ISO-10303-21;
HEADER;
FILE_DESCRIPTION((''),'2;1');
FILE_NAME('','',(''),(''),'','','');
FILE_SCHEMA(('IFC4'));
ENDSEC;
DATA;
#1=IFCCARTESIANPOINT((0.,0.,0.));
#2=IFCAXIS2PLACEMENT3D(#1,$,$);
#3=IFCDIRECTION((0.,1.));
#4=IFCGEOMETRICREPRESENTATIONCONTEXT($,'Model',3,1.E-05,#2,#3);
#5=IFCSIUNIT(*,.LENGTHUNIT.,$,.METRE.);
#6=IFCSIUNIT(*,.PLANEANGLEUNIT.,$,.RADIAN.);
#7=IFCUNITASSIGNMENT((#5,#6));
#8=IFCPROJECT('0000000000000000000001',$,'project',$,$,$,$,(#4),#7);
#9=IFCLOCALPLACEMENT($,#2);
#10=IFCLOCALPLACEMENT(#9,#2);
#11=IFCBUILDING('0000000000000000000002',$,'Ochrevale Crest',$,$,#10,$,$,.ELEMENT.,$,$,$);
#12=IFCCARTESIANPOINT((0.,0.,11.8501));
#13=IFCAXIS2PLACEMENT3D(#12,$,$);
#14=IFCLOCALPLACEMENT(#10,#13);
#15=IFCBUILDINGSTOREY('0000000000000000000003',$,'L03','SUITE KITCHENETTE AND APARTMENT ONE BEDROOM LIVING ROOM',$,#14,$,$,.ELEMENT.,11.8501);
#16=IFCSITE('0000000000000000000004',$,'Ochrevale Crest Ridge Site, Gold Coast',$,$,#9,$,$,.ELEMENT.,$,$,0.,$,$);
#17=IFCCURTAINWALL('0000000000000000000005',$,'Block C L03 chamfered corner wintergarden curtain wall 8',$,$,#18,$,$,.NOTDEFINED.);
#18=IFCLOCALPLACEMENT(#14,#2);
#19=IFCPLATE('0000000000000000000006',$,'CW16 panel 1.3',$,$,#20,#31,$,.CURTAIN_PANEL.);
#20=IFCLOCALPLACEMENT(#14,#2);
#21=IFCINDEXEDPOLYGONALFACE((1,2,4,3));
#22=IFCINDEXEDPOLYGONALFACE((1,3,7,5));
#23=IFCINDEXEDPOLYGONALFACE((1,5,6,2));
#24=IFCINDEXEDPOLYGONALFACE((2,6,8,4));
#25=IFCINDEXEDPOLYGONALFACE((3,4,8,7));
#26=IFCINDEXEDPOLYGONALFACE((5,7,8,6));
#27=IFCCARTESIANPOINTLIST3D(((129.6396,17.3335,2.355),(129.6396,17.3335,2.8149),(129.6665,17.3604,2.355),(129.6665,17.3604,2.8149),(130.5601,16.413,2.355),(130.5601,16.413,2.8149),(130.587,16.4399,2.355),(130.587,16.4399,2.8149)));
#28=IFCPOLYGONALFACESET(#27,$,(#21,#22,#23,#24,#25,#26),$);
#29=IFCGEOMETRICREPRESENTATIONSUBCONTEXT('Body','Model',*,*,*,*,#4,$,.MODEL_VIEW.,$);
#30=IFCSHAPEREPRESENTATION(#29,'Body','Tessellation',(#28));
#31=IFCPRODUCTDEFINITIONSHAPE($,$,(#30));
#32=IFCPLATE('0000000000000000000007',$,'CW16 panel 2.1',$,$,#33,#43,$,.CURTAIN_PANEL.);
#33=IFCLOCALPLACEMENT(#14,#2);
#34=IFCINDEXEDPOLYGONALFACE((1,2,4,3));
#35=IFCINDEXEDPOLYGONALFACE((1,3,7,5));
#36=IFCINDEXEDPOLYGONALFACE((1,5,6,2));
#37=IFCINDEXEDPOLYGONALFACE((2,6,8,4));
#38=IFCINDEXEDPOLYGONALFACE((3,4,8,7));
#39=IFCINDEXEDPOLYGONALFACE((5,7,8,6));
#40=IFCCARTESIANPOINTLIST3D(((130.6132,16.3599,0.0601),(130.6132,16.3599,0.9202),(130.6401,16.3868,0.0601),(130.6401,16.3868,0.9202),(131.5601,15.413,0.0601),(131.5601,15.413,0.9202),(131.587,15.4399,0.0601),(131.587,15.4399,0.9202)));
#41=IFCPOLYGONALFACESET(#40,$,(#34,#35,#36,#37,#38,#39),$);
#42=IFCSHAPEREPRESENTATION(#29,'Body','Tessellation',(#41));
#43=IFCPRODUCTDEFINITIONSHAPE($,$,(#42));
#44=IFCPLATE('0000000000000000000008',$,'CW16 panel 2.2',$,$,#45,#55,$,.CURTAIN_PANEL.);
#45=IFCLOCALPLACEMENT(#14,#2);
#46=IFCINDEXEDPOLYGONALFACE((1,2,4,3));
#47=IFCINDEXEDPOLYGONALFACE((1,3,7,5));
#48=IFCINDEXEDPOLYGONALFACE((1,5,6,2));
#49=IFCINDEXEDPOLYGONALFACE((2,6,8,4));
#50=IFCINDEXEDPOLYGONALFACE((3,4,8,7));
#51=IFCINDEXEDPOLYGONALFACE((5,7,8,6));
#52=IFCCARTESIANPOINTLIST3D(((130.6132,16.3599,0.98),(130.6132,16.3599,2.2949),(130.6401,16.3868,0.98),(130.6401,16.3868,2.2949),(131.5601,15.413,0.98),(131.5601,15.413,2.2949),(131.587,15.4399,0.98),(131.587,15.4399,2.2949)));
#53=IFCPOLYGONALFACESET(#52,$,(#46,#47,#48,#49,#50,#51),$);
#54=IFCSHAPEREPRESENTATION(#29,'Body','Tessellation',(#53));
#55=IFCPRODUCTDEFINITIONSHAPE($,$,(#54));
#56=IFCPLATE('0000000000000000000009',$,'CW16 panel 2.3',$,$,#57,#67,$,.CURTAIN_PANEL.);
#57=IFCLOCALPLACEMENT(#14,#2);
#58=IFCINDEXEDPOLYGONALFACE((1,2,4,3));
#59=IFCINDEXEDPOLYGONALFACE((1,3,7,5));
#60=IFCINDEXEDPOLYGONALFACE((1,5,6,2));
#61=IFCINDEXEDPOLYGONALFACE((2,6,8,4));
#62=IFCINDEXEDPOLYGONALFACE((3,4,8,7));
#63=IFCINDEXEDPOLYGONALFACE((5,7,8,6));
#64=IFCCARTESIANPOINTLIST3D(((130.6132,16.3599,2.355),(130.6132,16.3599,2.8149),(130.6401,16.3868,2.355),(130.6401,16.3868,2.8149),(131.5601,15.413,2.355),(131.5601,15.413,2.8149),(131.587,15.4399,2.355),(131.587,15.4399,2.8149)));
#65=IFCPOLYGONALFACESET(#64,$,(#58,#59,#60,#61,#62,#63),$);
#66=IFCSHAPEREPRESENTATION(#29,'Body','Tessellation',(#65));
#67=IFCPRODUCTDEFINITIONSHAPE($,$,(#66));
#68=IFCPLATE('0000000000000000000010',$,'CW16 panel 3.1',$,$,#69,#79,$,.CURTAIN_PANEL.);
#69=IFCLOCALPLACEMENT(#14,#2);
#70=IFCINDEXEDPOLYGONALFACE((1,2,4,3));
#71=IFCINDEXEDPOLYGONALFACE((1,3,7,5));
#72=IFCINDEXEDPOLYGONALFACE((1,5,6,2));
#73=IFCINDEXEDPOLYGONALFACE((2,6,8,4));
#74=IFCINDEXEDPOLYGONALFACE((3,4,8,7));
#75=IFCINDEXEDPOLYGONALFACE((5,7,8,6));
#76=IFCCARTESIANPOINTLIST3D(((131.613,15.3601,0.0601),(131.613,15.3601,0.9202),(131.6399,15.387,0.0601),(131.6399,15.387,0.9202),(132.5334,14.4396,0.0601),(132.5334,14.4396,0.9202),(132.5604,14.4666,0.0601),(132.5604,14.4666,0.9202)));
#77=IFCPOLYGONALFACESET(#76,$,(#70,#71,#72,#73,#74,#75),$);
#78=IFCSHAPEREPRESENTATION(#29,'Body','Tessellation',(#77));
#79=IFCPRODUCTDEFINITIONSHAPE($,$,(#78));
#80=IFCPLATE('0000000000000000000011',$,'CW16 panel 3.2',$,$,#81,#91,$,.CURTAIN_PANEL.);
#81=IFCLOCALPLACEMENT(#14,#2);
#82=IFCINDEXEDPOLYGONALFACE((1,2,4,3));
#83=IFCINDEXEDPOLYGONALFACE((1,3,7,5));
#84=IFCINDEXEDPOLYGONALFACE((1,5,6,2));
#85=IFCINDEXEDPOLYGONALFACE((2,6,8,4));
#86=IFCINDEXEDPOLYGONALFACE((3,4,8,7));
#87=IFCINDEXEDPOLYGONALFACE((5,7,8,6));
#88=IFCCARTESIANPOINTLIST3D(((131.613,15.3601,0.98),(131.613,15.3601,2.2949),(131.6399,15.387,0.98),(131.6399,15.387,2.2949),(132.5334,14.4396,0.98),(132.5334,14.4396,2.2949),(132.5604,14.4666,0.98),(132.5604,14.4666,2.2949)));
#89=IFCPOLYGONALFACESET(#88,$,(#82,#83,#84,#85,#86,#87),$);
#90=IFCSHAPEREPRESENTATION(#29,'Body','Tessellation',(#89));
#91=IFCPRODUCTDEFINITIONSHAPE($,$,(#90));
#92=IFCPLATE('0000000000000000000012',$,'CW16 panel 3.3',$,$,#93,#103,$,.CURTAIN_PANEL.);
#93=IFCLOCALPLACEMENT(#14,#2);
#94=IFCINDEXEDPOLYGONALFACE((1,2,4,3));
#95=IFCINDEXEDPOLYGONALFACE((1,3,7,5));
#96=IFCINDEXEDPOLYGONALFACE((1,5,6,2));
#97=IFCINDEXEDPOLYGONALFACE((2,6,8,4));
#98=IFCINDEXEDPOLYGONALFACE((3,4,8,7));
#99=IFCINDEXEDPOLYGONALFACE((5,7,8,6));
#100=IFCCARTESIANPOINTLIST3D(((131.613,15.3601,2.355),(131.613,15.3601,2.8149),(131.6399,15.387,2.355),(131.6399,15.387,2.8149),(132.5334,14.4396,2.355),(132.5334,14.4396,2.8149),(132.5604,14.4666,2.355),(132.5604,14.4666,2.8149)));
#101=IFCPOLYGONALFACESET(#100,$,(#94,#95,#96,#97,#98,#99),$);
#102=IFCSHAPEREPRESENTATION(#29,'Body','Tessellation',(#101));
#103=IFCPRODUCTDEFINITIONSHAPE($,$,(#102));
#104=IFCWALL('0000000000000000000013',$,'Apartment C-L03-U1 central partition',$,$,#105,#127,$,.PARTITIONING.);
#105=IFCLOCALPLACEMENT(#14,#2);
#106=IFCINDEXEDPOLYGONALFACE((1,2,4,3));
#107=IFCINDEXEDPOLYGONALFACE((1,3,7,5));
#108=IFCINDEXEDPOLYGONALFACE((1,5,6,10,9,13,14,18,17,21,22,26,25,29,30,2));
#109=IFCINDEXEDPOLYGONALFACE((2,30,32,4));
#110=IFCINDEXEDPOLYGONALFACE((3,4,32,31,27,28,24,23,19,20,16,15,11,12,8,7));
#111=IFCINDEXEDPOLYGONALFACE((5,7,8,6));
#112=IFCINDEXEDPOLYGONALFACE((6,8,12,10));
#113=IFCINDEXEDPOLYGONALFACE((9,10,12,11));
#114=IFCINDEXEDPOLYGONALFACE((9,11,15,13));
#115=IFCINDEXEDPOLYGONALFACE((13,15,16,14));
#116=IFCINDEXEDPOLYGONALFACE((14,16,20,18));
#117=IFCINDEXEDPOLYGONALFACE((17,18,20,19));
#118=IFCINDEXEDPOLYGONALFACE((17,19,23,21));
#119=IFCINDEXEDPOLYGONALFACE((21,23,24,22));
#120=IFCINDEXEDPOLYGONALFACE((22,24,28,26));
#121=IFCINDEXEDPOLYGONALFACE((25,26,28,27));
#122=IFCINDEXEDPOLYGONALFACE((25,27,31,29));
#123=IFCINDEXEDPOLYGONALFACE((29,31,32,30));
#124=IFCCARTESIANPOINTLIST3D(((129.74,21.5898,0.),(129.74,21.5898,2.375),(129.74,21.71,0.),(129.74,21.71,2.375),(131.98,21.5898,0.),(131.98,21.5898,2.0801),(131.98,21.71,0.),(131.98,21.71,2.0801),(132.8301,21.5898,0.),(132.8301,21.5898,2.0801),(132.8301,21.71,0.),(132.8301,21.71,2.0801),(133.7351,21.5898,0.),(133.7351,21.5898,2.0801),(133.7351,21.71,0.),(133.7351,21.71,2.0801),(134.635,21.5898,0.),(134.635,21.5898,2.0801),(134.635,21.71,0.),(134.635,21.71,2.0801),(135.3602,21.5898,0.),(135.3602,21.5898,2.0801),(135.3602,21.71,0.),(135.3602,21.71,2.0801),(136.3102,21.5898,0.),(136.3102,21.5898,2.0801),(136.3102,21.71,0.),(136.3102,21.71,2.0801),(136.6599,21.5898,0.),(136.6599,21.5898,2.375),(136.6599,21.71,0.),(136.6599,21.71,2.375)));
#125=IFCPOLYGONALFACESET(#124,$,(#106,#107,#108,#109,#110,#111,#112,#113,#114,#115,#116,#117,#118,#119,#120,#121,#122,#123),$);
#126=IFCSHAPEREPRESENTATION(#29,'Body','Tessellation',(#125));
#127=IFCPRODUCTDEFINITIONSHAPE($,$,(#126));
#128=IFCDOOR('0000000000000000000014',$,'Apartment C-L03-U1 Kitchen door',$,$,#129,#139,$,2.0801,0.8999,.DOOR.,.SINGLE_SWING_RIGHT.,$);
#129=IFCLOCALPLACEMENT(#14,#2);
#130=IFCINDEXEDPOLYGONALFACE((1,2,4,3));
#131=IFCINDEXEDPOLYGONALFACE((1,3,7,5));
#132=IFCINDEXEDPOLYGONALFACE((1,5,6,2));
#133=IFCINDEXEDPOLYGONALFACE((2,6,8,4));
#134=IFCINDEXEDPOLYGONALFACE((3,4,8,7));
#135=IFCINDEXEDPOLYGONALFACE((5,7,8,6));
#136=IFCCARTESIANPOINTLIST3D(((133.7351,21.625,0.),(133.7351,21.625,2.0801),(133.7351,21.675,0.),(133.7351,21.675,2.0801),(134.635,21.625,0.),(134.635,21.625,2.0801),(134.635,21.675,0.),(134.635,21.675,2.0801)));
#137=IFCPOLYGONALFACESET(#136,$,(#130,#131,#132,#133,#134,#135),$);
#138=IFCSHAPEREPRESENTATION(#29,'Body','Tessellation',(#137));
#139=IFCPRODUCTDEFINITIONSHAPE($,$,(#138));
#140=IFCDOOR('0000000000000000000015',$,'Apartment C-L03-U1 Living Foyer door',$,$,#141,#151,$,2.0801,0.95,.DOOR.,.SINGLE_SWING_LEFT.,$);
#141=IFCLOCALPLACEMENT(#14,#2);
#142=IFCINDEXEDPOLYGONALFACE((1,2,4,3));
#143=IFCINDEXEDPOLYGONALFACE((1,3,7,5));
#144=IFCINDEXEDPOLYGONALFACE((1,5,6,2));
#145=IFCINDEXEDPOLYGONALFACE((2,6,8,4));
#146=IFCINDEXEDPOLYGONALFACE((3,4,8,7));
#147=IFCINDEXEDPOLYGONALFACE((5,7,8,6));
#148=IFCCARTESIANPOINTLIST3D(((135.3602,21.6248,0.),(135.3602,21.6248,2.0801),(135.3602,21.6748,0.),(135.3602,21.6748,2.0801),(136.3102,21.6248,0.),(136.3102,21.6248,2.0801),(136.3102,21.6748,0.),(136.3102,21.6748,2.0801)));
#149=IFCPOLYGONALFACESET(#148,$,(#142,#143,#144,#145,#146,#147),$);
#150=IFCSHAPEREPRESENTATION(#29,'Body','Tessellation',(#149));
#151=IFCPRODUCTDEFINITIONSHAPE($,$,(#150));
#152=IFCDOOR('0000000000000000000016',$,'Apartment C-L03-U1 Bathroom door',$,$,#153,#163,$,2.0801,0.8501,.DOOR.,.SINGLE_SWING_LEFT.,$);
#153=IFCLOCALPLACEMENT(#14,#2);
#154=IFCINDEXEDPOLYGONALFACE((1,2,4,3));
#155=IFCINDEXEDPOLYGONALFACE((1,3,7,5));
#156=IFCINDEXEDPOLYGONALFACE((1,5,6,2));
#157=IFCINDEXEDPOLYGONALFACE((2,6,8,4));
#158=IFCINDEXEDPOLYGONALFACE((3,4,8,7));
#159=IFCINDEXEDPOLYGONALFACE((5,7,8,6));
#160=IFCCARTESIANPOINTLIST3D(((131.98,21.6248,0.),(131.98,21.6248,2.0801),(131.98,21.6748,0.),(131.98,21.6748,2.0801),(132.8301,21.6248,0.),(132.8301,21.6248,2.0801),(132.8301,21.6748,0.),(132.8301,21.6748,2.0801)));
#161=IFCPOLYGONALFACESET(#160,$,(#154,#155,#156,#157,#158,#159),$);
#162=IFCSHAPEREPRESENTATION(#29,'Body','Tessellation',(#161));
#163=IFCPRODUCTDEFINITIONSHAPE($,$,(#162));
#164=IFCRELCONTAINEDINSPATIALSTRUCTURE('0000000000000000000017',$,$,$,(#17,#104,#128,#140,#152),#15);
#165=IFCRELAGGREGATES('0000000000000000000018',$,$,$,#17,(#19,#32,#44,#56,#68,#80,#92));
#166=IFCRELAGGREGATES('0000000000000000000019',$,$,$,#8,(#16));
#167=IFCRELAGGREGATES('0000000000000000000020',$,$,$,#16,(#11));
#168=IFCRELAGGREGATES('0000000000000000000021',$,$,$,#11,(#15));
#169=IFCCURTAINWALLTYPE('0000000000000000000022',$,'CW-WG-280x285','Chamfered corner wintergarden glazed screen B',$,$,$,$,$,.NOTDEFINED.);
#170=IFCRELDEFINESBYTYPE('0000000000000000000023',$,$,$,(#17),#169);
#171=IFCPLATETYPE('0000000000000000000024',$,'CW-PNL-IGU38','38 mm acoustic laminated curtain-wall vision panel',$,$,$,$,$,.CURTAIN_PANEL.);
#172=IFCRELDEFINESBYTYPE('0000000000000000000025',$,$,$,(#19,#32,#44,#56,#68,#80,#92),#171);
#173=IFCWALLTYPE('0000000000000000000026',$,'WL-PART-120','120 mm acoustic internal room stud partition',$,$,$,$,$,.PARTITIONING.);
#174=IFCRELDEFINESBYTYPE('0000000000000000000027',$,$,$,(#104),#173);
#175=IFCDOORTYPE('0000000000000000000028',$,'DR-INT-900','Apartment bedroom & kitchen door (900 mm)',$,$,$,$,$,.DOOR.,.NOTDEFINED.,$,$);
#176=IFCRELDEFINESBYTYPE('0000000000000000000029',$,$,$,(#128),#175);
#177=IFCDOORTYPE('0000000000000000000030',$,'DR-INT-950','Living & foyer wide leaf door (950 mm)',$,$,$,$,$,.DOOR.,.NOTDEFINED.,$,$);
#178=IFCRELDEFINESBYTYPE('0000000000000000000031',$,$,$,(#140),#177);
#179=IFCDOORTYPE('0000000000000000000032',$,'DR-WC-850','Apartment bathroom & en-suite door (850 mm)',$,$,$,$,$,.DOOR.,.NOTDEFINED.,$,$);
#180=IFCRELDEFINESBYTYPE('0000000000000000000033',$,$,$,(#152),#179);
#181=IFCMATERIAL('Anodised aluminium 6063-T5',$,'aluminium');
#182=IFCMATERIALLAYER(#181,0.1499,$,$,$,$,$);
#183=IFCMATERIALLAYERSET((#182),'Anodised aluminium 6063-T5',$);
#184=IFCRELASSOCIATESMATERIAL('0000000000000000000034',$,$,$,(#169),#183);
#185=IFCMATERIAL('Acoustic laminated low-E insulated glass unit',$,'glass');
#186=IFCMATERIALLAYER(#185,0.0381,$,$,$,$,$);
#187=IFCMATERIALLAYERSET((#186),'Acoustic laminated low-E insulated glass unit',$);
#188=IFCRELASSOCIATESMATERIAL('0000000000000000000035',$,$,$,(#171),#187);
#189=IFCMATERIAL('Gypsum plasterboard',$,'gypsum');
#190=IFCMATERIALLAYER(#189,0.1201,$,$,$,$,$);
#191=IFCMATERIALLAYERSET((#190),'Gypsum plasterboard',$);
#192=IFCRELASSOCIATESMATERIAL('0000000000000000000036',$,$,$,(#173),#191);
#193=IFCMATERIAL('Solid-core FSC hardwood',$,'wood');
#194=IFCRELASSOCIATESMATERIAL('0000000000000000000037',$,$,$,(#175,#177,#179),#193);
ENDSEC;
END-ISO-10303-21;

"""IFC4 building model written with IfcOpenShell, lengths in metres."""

from ifc_helpers import new_model, si_unit, direction, frame, frame_2d, origin, origin_2d, place, context, subcontext, project, spatial, rectangle, extrude, material, layer, layer_set, type_object, element, fill, aggregate, save


model = new_model("IFC4")

# Units and contexts
model_context = context("Model", 3, precision=1e-05, world=origin(), true_north=direction((0.0, 1.0)))
body_context = subcontext(model_context, "Body", "Model", "MODEL_VIEW")
ifc_project = project(units=[si_unit("LENGTHUNIT", "METRE"), si_unit("PLANEANGLEUNIT", "RADIAN")], contexts=[model_context])

# Site, building, storey
site_placement = place(None, origin())
site = spatial("IfcSite", under=ifc_project, at=site_placement, Name="Ochrevale Crest Ridge Site, Gold Coast", CompositionType="ELEMENT", RefElevation=0.0)
building_placement = place(site_placement, origin())
building = spatial("IfcBuilding", under=site, at=building_placement, Name="Ochrevale Crest", CompositionType="ELEMENT")
storey_placement = place(building_placement, frame((0.0, 0.0, 11.8501)))
storey = spatial("IfcBuildingStorey", under=building, at=storey_placement, Name="L03", Description="SUITE KITCHENETTE AND APARTMENT ONE BEDROOM LIVING ROOM", CompositionType="ELEMENT", Elevation=11.8501)

# Curtain wall, plates
ifc_material_1 = material(Name="Anodised aluminium 6063-T5", Category="aluminium")
ifc_layer_1 = layer(ifc_material_1, 0.1499)
ifc_layer_set_1 = layer_set([ifc_layer_1], Name="Anodised aluminium 6063-T5")
curtain_wall_type = type_object("IfcCurtainWallType", Name="CW-WG-280x285", Description="Chamfered corner wintergarden glazed screen B", PredefinedType="NOTDEFINED", material=ifc_layer_set_1)
curtain_wall_placement = place(storey_placement, origin())
curtain_wall = element("IfcCurtainWall", 1, at=curtain_wall_placement, inside=storey, type_object=curtain_wall_type, Name="Block C L03 chamfered corner wintergarden curtain wall 8", PredefinedType="NOTDEFINED")
ifc_material_2 = material(Name="Acoustic laminated low-E insulated glass unit", Category="glass")
ifc_layer_2 = layer(ifc_material_2, 0.0381)
ifc_layer_set_2 = layer_set([ifc_layer_2], Name="Acoustic laminated low-E insulated glass unit")
plate_type = type_object("IfcPlateType", Name="CW-PNL-IGU38", Description="38 mm acoustic laminated curtain-wall vision panel", PredefinedType="CURTAIN_PANEL", material=ifc_layer_set_2)
plate_1_placement = place(storey_placement, frame((130.1133, 16.8867, 2.355), z_axis=(0.0, 0.0, 1.0), x_axis=(0.707107, -0.707107, 0.0)))
plate_1 = element("IfcPlate", 2, at=plate_1_placement, type_object=plate_type, Name="CW16 panel 1.3", PredefinedType="CURTAIN_PANEL", context=body_context, shape_type="SweptSolid", body=[
    extrude(rectangle(XDim=1.3018, YDim=0.0381, at=origin_2d()), origin(), (0.0, 0.0, 1.0), 0.46),
])
plate_2_placement = place(storey_placement, frame((131.1001, 15.8999, 0.0601), z_axis=(0.0, 0.0, 1.0), x_axis=(0.707107, -0.707107, 0.0)))
plate_2 = element("IfcPlate", 3, at=plate_2_placement, type_object=plate_type, Name="CW16 panel 2.1", PredefinedType="CURTAIN_PANEL", context=body_context, shape_type="SweptSolid", body=[
    extrude(rectangle(XDim=1.3391, YDim=0.0381, at=origin_2d()), origin(), (0.0, 0.0, 1.0), 0.8601),
])
plate_3_placement = place(storey_placement, frame((131.1001, 15.8999, 0.98), z_axis=(0.0, 0.0, 1.0), x_axis=(0.707107, -0.707107, 0.0)))
plate_3 = element("IfcPlate", 4, at=plate_3_placement, type_object=plate_type, Name="CW16 panel 2.2", PredefinedType="CURTAIN_PANEL", context=body_context, shape_type="SweptSolid", body=[
    extrude(rectangle(XDim=1.3391, YDim=0.0381, at=origin_2d()), origin(), (0.0, 0.0, 1.0), 1.3149),
])
plate_4_placement = place(storey_placement, frame((131.1001, 15.8999, 2.355), z_axis=(0.0, 0.0, 1.0), x_axis=(0.707107, -0.707107, 0.0)))
plate_4 = element("IfcPlate", 5, at=plate_4_placement, type_object=plate_type, Name="CW16 panel 2.3", PredefinedType="CURTAIN_PANEL", context=body_context, shape_type="SweptSolid", body=[
    extrude(rectangle(XDim=1.3391, YDim=0.0381, at=origin_2d()), origin(), (0.0, 0.0, 1.0), 0.46),
])
plate_5_placement = place(storey_placement, frame((132.0867, 14.9133, 0.0601), z_axis=(0.0, 0.0, 1.0), x_axis=(0.707107, -0.707107, 0.0)))
plate_5 = element("IfcPlate", 6, at=plate_5_placement, type_object=plate_type, Name="CW16 panel 3.1", PredefinedType="CURTAIN_PANEL", context=body_context, shape_type="SweptSolid", body=[
    extrude(rectangle(XDim=1.3018, YDim=0.0381, at=origin_2d()), origin(), (0.0, 0.0, 1.0), 0.8601),
])
plate_6_placement = place(storey_placement, frame((132.0867, 14.9133, 0.98), z_axis=(0.0, 0.0, 1.0), x_axis=(0.707107, -0.707107, 0.0)))
plate_6 = element("IfcPlate", 7, at=plate_6_placement, type_object=plate_type, Name="CW16 panel 3.2", PredefinedType="CURTAIN_PANEL", context=body_context, shape_type="SweptSolid", body=[
    extrude(rectangle(XDim=1.3018, YDim=0.0381, at=origin_2d()), origin(), (0.0, 0.0, 1.0), 1.3149),
])
plate_7_placement = place(storey_placement, frame((132.0867, 14.9133, 2.355), z_axis=(0.0, 0.0, 1.0), x_axis=(0.707107, -0.707107, 0.0)))
plate_7 = element("IfcPlate", 8, at=plate_7_placement, type_object=plate_type, Name="CW16 panel 3.3", PredefinedType="CURTAIN_PANEL", context=body_context, shape_type="SweptSolid", body=[
    extrude(rectangle(XDim=1.3018, YDim=0.0381, at=origin_2d()), origin(), (0.0, 0.0, 1.0), 0.46),
])
aggregate(curtain_wall, [plate_1, plate_2, plate_3, plate_4, plate_5, plate_6, plate_7])

# Wall, openings, doors
ifc_material_3 = material(Name="Gypsum plasterboard", Category="gypsum")
ifc_layer_3 = layer(ifc_material_3, 0.1201)
ifc_layer_set_3 = layer_set([ifc_layer_3], Name="Gypsum plasterboard")
wall_type = type_object("IfcWallType", Name="WL-PART-120", Description="120 mm acoustic internal room stud partition", PredefinedType="PARTITIONING", material=ifc_layer_set_3)
wall_placement = place(storey_placement, frame((129.74, 21.6499, 0.0), z_axis=(0.0, 0.0, 1.0), x_axis=(1.0, 0.0, 0.0)))
wall = element("IfcWall", 9, at=wall_placement, inside=storey, type_object=wall_type, Name="Apartment C-L03-U1 central partition", PredefinedType="PARTITIONING", context=body_context, shape_type="SweptSolid", body=[
    extrude(rectangle(XDim=6.9199, YDim=0.1201, at=frame_2d((3.46, 0.0))), origin(), (0.0, 0.0, 1.0), 2.375),
])
opening_1_placement = place(wall_placement, frame((2.24, 0.0, 0.0)))
opening_1 = element("IfcOpeningElement", 10, at=opening_1_placement, cuts=wall, PredefinedType="OPENING", context=body_context, shape_type="SweptSolid", body=[
    extrude(rectangle(XDim=0.8501, YDim=2.0801, at=frame_2d((0.425, 1.04))), frame((0.0, 0.0701, 0.0), z_axis=(0.0, -1.0, 0.0), x_axis=(1.0, 0.0, 0.0)), (0.0, 0.0, 1.0), 0.1401),
])
opening_2_placement = place(wall_placement, frame((4.895, 0.0, 0.0), z_axis=(0.0, 0.0, 1.0), x_axis=(-1.0, 0.0, 0.0)))
opening_2 = element("IfcOpeningElement", 11, at=opening_2_placement, cuts=wall, PredefinedType="OPENING", context=body_context, shape_type="SweptSolid", body=[
    extrude(rectangle(XDim=0.8999, YDim=2.0801, at=frame_2d((0.45, 1.04))), frame((0.0, 0.0701, 0.0), z_axis=(0.0, -1.0, 0.0), x_axis=(1.0, 0.0, 0.0)), (0.0, 0.0, 1.0), 0.1401),
])
opening_3_placement = place(wall_placement, frame((5.6201, 0.0, 0.0)))
opening_3 = element("IfcOpeningElement", 12, at=opening_3_placement, cuts=wall, PredefinedType="OPENING", context=body_context, shape_type="SweptSolid", body=[
    extrude(rectangle(XDim=0.95, YDim=2.0801, at=frame_2d((0.4751, 1.04))), frame((0.0, 0.0701, 0.0), z_axis=(0.0, -1.0, 0.0), x_axis=(1.0, 0.0, 0.0)), (0.0, 0.0, 1.0), 0.1401),
])
ifc_material_4 = material(Name="Solid-core FSC hardwood", Category="wood")
door_type_1 = type_object("IfcDoorType", Name="DR-INT-900", Description="Apartment bedroom & kitchen door (900 mm)", OperationType="NOTDEFINED", PredefinedType="DOOR", material=ifc_material_4)
door_1_placement = place(opening_2_placement, origin())
door_1 = element("IfcDoor", 13, at=door_1_placement, inside=storey, type_object=door_type_1, Name="Apartment C-L03-U1 Kitchen door", OperationType="SINGLE_SWING_RIGHT", OverallHeight=2.0801, OverallWidth=0.8999, PredefinedType="DOOR", context=body_context, shape_type="SweptSolid", body=[
    extrude(rectangle(XDim=0.8999, YDim=2.0801, at=frame_2d((0.45, 1.04))), frame((0.0, 0.0249, 0.0), z_axis=(0.0, -1.0, 0.0), x_axis=(1.0, 0.0, 0.0)), (0.0, 0.0, 1.0), 0.05),
])
fill(opening_2, door_1)
door_type_2 = type_object("IfcDoorType", Name="DR-INT-950", Description="Living & foyer wide leaf door (950 mm)", OperationType="NOTDEFINED", PredefinedType="DOOR", material=ifc_material_4)
door_2_placement = place(opening_3_placement, origin())
door_2 = element("IfcDoor", 14, at=door_2_placement, inside=storey, type_object=door_type_2, Name="Apartment C-L03-U1 Living Foyer door", OperationType="SINGLE_SWING_LEFT", OverallHeight=2.0801, OverallWidth=0.95, PredefinedType="DOOR", context=body_context, shape_type="SweptSolid", body=[
    extrude(rectangle(XDim=0.95, YDim=2.0801, at=frame_2d((0.4751, 1.04))), frame((0.0, 0.0249, 0.0), z_axis=(0.0, -1.0, 0.0), x_axis=(1.0, 0.0, 0.0)), (0.0, 0.0, 1.0), 0.05),
])
fill(opening_3, door_2)
door_type_3 = type_object("IfcDoorType", Name="DR-WC-850", Description="Apartment bathroom & en-suite door (850 mm)", OperationType="NOTDEFINED", PredefinedType="DOOR", material=ifc_material_4)
door_3_placement = place(opening_1_placement, origin())
door_3 = element("IfcDoor", 15, at=door_3_placement, inside=storey, type_object=door_type_3, Name="Apartment C-L03-U1 Bathroom door", OperationType="SINGLE_SWING_LEFT", OverallHeight=2.0801, OverallWidth=0.8501, PredefinedType="DOOR", context=body_context, shape_type="SweptSolid", body=[
    extrude(rectangle(XDim=0.8501, YDim=2.0801, at=frame_2d((0.425, 1.04))), frame((0.0, 0.0249, 0.0), z_axis=(0.0, -1.0, 0.0), x_axis=(1.0, 0.0, 0.0)), (0.0, 0.0, 1.0), 0.05),
])
fill(opening_1, door_3)

save(model, "model.ifc")
